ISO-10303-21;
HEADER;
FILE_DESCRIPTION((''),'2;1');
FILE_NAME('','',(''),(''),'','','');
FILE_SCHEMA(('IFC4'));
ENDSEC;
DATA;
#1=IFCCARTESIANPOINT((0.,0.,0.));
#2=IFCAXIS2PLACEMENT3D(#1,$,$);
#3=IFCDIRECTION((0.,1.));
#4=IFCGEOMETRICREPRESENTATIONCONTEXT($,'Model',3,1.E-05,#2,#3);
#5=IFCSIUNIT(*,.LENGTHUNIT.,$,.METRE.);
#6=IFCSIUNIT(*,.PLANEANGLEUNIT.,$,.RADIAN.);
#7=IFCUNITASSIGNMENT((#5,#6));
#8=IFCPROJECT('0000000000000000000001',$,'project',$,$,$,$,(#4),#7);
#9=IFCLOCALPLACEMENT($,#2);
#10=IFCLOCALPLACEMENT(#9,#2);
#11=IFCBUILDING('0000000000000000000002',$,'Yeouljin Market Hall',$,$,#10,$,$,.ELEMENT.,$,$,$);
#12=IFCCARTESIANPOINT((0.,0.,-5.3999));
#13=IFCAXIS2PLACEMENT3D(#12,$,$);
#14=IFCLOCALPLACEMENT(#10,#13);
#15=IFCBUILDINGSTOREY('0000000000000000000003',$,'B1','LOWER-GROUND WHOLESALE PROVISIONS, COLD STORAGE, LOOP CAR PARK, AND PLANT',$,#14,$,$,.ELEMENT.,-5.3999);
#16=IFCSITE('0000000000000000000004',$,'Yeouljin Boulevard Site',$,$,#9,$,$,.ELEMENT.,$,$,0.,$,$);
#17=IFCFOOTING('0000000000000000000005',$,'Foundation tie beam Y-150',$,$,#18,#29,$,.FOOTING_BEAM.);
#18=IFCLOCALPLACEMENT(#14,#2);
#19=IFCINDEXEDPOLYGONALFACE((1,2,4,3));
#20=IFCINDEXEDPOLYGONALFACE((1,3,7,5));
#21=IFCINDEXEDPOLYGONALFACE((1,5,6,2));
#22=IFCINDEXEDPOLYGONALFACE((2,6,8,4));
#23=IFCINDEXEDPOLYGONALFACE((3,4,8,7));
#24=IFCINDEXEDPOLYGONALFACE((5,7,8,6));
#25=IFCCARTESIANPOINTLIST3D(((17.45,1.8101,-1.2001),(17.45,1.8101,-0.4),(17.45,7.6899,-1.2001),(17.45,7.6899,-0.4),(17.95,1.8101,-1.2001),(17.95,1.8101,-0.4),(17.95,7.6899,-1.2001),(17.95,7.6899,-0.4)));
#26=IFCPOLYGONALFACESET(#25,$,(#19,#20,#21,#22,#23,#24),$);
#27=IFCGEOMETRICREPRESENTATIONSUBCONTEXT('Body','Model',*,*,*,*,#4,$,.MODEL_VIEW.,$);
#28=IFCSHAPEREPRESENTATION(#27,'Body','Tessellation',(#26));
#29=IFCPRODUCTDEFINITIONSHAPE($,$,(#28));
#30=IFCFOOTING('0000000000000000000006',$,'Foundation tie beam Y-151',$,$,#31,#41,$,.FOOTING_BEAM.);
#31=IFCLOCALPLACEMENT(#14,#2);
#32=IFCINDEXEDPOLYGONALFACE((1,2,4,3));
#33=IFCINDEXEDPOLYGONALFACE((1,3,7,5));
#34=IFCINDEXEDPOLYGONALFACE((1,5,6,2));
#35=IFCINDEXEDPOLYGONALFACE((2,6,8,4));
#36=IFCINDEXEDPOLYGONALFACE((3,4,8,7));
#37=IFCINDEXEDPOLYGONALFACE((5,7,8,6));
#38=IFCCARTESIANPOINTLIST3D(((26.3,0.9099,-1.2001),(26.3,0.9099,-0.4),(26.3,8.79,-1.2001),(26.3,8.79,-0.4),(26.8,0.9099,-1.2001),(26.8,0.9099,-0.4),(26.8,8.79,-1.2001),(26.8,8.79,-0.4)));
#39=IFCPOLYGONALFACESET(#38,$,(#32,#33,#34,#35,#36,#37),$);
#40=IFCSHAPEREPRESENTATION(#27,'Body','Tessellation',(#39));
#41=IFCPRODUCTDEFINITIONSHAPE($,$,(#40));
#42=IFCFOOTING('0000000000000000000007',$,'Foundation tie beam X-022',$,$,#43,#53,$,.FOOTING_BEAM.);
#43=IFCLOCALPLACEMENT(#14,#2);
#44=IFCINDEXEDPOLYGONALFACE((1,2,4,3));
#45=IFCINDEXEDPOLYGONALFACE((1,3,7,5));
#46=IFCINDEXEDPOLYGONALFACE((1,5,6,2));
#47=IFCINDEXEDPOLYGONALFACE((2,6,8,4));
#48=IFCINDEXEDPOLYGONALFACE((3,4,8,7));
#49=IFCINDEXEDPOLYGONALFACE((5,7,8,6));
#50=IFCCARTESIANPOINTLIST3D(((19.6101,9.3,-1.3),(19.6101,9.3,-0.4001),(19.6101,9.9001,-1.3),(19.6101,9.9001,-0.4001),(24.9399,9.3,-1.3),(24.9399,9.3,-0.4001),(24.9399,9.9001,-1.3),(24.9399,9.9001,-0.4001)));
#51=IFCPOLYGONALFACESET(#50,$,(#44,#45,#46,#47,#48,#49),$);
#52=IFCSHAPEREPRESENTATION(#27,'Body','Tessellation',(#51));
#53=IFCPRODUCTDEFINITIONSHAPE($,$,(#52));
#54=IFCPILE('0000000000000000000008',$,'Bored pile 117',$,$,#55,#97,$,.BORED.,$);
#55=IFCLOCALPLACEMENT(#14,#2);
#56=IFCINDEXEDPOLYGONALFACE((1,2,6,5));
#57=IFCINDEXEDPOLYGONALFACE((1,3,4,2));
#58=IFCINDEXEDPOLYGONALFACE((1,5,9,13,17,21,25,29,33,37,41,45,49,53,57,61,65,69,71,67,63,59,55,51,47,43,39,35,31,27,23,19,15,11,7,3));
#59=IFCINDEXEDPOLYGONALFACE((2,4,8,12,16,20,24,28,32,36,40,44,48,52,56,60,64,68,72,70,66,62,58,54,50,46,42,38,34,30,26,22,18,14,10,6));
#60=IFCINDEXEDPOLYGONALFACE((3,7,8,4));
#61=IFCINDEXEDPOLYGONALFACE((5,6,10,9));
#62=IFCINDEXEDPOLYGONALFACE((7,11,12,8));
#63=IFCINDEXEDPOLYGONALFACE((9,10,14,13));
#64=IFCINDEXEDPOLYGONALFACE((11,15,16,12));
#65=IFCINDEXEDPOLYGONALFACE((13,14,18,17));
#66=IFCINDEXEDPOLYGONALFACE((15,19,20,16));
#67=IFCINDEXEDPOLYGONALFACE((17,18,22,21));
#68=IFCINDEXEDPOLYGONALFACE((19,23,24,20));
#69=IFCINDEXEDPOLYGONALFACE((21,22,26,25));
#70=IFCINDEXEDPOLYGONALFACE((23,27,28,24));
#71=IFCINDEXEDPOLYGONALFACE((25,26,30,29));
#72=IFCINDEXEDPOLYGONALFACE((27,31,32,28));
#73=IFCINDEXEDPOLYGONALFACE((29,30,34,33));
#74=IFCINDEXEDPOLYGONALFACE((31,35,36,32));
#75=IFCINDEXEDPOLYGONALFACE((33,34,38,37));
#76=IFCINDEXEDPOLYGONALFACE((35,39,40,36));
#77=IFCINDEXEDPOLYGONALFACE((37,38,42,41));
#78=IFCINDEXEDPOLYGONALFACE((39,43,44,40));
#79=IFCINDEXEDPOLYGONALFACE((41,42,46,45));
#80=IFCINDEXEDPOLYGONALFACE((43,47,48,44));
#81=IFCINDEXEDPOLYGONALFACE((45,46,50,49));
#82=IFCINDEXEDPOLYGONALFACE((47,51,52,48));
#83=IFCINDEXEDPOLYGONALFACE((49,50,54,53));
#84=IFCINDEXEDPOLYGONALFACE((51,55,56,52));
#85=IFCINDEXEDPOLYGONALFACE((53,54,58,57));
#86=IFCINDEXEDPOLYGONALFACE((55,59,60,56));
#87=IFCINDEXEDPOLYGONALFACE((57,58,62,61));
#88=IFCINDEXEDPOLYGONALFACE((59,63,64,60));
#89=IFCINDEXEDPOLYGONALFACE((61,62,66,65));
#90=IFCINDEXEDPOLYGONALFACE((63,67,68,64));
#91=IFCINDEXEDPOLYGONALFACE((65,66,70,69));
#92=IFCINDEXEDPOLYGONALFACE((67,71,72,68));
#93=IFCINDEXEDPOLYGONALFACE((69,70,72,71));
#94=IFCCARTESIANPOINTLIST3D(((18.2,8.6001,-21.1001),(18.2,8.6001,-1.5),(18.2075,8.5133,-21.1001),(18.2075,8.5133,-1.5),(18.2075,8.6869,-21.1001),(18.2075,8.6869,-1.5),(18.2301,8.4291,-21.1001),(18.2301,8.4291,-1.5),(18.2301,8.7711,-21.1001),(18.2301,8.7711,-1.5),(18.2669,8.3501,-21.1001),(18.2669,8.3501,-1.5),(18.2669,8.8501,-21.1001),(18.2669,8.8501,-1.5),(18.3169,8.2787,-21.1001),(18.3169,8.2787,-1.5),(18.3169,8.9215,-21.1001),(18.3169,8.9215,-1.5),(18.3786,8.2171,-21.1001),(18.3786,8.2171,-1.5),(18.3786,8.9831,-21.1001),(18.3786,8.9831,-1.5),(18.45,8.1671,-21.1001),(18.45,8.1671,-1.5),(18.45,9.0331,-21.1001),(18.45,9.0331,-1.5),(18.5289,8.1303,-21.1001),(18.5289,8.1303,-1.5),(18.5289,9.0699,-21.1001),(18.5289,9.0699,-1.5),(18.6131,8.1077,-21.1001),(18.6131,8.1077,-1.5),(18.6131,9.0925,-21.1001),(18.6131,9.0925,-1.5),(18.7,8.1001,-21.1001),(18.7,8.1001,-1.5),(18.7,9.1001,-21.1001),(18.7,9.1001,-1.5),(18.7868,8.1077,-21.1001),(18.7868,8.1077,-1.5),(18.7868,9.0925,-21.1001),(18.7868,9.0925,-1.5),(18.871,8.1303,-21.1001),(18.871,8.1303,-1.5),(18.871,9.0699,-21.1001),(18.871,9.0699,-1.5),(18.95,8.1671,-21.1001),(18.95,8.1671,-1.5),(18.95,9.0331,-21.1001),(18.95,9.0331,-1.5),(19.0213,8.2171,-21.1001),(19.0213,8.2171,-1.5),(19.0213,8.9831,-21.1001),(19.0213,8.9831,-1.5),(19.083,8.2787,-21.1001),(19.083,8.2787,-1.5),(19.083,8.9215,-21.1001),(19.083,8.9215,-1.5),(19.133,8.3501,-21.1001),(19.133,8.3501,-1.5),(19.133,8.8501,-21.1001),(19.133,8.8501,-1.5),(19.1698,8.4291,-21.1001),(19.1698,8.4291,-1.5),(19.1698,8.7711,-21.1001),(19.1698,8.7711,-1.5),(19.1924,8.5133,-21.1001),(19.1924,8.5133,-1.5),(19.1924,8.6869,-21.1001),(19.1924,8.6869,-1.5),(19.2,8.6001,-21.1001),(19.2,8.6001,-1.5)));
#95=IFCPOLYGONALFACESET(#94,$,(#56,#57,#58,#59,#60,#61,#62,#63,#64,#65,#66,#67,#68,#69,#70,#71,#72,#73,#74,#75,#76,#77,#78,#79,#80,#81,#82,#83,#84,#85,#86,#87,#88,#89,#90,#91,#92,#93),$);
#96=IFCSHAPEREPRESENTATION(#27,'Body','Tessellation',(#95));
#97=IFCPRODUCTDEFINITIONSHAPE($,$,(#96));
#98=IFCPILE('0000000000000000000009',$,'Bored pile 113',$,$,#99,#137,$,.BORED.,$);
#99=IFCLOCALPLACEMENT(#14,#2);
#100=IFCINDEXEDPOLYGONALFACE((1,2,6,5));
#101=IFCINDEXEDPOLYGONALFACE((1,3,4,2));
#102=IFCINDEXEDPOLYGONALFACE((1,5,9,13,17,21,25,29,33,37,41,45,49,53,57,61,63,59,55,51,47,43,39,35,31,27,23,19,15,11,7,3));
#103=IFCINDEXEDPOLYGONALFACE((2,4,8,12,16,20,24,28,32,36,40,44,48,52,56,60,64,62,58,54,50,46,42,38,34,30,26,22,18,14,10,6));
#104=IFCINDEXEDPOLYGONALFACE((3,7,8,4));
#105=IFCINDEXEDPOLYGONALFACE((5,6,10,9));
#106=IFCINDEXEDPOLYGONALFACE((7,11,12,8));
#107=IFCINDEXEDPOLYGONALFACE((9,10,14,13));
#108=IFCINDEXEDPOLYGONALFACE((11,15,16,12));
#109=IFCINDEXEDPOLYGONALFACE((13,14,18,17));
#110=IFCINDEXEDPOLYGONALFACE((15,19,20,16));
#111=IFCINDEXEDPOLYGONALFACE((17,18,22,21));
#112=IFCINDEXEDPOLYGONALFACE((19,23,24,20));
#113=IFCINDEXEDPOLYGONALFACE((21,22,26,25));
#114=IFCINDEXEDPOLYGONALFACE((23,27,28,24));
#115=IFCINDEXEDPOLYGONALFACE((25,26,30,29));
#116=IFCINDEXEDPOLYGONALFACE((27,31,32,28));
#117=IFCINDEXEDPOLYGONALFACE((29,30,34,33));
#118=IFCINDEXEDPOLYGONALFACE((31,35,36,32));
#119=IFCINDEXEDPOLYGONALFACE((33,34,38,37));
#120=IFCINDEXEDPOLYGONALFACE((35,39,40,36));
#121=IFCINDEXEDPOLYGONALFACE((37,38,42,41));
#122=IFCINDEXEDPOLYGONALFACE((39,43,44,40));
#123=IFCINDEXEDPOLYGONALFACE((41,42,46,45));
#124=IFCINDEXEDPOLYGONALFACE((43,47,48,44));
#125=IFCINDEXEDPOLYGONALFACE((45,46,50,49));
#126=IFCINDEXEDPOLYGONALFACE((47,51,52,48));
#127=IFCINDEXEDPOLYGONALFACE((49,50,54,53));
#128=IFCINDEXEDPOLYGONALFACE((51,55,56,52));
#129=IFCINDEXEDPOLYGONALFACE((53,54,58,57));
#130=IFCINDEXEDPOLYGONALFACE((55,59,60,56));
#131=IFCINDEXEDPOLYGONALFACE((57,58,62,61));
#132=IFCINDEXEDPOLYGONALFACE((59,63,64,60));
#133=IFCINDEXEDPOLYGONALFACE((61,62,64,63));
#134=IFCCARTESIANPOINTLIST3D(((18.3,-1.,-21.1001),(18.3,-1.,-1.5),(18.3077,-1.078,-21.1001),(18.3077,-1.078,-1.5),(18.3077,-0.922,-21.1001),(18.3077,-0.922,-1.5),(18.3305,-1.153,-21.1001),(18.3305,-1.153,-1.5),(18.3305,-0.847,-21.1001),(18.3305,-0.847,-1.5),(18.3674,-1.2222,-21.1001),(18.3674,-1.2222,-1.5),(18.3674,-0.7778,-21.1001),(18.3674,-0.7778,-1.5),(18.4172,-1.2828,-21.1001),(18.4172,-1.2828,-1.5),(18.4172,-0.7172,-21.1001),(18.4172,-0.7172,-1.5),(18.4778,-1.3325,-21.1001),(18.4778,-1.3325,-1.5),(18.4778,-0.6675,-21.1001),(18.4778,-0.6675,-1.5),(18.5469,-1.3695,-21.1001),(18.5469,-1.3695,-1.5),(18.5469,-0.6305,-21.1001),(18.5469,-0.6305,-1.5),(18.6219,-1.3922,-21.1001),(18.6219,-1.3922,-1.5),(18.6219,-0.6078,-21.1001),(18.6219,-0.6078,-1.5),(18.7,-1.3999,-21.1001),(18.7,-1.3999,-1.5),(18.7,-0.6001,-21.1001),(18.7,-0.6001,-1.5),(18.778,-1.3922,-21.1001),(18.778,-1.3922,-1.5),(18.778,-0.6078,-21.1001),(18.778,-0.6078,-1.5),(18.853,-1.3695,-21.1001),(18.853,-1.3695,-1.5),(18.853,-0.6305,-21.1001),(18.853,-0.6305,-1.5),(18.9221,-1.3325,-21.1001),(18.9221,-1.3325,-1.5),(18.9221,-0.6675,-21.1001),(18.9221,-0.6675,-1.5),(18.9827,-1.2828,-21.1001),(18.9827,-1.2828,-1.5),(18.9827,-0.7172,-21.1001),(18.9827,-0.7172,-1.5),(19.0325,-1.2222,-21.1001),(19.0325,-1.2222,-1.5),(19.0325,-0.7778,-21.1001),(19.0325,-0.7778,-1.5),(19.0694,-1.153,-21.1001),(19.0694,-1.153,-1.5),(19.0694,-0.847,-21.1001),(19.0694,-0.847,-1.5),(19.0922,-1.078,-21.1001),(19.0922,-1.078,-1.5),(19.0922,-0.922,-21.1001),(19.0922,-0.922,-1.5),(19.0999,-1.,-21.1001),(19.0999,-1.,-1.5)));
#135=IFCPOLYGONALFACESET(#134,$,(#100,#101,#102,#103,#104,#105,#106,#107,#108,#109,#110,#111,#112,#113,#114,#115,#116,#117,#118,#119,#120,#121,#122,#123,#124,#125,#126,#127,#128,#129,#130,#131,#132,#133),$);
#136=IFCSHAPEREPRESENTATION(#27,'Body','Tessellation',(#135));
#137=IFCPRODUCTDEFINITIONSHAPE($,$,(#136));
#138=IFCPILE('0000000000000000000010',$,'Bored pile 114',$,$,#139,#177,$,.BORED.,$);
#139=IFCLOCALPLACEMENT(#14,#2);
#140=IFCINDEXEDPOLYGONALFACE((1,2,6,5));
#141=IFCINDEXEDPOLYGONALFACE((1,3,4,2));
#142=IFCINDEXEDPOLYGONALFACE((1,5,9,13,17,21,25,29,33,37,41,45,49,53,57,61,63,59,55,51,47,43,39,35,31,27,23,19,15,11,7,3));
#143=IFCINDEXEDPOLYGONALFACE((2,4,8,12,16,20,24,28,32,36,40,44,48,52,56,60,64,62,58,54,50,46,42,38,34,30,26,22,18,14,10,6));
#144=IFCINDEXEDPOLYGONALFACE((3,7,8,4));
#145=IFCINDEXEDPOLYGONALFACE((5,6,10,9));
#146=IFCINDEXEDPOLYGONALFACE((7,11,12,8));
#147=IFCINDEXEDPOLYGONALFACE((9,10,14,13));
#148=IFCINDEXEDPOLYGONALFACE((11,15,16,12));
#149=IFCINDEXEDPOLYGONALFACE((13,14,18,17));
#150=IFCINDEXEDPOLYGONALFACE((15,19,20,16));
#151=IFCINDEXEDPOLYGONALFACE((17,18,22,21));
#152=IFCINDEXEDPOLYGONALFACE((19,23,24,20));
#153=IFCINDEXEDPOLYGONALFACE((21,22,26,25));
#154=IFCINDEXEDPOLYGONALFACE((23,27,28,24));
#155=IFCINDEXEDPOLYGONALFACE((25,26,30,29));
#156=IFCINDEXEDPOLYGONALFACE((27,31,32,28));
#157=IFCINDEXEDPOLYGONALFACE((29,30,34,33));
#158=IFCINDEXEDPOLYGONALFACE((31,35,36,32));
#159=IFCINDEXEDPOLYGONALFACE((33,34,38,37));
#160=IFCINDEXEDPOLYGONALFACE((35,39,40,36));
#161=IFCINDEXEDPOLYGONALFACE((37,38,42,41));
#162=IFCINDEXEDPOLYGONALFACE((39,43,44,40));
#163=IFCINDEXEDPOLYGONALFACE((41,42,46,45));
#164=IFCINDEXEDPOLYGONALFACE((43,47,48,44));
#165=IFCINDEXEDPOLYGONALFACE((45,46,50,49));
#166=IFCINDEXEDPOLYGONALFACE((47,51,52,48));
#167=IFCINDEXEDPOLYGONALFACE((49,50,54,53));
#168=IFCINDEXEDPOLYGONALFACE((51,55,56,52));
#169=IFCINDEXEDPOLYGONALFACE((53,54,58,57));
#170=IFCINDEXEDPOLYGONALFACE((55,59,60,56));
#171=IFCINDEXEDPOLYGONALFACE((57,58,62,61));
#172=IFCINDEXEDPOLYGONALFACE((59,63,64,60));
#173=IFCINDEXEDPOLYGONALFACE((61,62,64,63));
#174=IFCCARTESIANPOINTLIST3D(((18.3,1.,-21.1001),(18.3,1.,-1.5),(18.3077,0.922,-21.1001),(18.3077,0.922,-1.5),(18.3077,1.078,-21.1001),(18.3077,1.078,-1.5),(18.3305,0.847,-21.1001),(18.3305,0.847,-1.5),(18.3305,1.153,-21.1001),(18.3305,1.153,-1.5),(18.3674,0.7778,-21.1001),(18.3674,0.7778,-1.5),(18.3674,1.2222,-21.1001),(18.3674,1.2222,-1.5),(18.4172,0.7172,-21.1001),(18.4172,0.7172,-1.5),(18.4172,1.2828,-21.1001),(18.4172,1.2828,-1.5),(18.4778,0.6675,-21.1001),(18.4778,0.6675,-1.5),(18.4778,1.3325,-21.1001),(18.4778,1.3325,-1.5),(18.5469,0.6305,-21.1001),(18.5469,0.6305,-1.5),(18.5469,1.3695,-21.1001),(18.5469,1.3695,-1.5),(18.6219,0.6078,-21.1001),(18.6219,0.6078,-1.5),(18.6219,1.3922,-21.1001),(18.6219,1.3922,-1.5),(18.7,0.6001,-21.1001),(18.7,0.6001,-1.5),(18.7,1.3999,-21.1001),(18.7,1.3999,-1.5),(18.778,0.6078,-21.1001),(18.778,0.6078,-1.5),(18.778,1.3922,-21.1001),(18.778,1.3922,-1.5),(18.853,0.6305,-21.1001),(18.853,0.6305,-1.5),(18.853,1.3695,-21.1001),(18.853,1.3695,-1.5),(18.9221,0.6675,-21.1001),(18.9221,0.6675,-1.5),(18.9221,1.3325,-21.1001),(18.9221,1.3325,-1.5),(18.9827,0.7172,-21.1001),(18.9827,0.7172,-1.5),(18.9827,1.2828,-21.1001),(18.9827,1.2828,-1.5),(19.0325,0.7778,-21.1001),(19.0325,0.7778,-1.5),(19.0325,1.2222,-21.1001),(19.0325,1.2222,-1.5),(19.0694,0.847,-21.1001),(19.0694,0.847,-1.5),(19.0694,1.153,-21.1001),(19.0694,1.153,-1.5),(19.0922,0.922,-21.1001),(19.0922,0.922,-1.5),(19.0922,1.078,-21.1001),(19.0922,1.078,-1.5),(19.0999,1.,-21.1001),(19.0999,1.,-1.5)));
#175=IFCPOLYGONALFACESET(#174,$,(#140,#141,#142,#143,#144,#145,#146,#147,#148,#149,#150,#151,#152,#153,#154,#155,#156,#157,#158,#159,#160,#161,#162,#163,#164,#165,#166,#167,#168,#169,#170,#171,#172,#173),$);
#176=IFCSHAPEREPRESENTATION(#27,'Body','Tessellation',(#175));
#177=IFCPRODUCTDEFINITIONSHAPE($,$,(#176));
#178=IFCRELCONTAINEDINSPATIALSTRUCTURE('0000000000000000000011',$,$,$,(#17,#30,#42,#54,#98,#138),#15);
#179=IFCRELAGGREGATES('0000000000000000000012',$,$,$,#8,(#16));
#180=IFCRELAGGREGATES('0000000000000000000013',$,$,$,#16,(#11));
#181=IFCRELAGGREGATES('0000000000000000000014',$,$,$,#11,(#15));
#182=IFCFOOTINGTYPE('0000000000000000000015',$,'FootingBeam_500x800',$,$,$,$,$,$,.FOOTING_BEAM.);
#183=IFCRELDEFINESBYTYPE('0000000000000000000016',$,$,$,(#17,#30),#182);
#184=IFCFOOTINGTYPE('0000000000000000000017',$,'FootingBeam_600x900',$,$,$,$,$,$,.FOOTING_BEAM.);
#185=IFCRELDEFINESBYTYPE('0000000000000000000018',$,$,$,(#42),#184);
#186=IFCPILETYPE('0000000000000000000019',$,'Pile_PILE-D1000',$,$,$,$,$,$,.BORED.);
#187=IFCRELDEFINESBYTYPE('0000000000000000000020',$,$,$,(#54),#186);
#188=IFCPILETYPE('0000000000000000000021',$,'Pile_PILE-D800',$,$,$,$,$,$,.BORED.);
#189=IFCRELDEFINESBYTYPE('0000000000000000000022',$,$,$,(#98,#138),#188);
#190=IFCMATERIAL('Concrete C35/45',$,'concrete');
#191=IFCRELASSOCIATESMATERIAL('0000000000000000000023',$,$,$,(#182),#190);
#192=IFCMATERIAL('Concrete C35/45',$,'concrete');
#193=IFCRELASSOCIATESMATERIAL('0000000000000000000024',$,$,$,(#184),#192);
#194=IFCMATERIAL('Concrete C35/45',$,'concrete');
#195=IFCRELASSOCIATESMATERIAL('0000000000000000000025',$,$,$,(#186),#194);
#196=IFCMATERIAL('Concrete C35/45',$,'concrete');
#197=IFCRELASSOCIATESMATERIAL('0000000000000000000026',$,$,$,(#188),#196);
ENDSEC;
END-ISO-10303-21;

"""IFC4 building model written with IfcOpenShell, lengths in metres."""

from ifc_helpers import new_model, si_unit, direction, frame, origin, origin_2d, place, context, subcontext, project, spatial, rectangle, circle, extrude, material, material_profile, profile_set, type_object, element, save


model = new_model("IFC4")

# Units and contexts
model_context = context("Model", 3, precision=1e-05, world=origin(), true_north=direction((0.0, 1.0)))
body_context = subcontext(model_context, "Body", "Model", "MODEL_VIEW")
ifc_project = project(units=[si_unit("LENGTHUNIT", "METRE"), si_unit("PLANEANGLEUNIT", "RADIAN")], contexts=[model_context])

# Site, building, storey
site_placement = place(None, origin())
site = spatial("IfcSite", under=ifc_project, at=site_placement, Name="Yeouljin Boulevard Site", CompositionType="ELEMENT", RefElevation=0.0)
building_placement = place(site_placement, origin())
building = spatial("IfcBuilding", under=site, at=building_placement, Name="Yeouljin Market Hall", CompositionType="ELEMENT")
storey_placement = place(building_placement, frame((0.0, 0.0, -5.3999)))
storey = spatial("IfcBuildingStorey", under=building, at=storey_placement, Name="B1", Description="LOWER-GROUND WHOLESALE PROVISIONS, COLD STORAGE, LOOP CAR PARK, AND PLANT", CompositionType="ELEMENT", Elevation=-5.3999)

# Footings
ifc_material_1 = material(Name="Concrete C35/45", Category="concrete")
ifc_material_profile_1 = material_profile(ifc_material_1, rectangle(XDim=0.5, YDim=0.8, at=origin_2d()), Name="RC-500x800")
ifc_profile_set_1 = profile_set([ifc_material_profile_1], Name="Concrete C35/45")
footing_type_1 = type_object("IfcFootingType", Name="FootingBeam_500x800", PredefinedType="FOOTING_BEAM", material=ifc_profile_set_1)
footing_1_placement = place(storey_placement, frame((17.7, 1.8101, -0.8), z_axis=(0.0, 1.0, 0.0), x_axis=(-1.0, 0.0, 0.0)))
element("IfcFooting", 1, at=footing_1_placement, inside=storey, type_object=footing_type_1, Name="Foundation tie beam Y-150", PredefinedType="FOOTING_BEAM", context=body_context, shape_type="SweptSolid", body=[
    extrude(rectangle(XDim=0.5, YDim=0.8, at=origin_2d()), origin(), (0.0, 0.0, 1.0), 5.8799),
])
footing_2_placement = place(storey_placement, frame((26.55, 0.9099, -0.8), z_axis=(0.0, 1.0, 0.0), x_axis=(-1.0, 0.0, 0.0)))
element("IfcFooting", 2, at=footing_2_placement, inside=storey, type_object=footing_type_1, Name="Foundation tie beam Y-151", PredefinedType="FOOTING_BEAM", context=body_context, shape_type="SweptSolid", body=[
    extrude(rectangle(XDim=0.5, YDim=0.8, at=origin_2d()), origin(), (0.0, 0.0, 1.0), 7.8801),
])
ifc_material_2 = material(Name="Concrete C35/45", Category="concrete")
ifc_material_profile_2 = material_profile(ifc_material_2, rectangle(XDim=0.6001, YDim=0.8999, at=origin_2d()), Name="RC-600x900")
ifc_profile_set_2 = profile_set([ifc_material_profile_2], Name="Concrete C35/45")
footing_type_2 = type_object("IfcFootingType", Name="FootingBeam_600x900", PredefinedType="FOOTING_BEAM", material=ifc_profile_set_2)
footing_3_placement = place(storey_placement, frame((19.6101, 9.6001, -0.8501), z_axis=(1.0, 0.0, 0.0), x_axis=(0.0, 1.0, 0.0)))
element("IfcFooting", 3, at=footing_3_placement, inside=storey, type_object=footing_type_2, Name="Foundation tie beam X-022", PredefinedType="FOOTING_BEAM", context=body_context, shape_type="SweptSolid", body=[
    extrude(rectangle(XDim=0.6001, YDim=0.8999, at=origin_2d()), origin(), (0.0, 0.0, 1.0), 5.3298),
])

# Piles
ifc_material_3 = material(Name="Concrete C35/45", Category="concrete")
ifc_material_profile_3 = material_profile(ifc_material_3, circle(Radius=0.5, at=origin_2d()), Name="PILE-D1000")
ifc_profile_set_3 = profile_set([ifc_material_profile_3], Name="Concrete C35/45")
pile_type_1 = type_object("IfcPileType", Name="Pile_PILE-D1000", PredefinedType="BORED", material=ifc_profile_set_3)
pile_placement = place(storey_placement, frame((18.7, 8.6001, -1.5), z_axis=(0.0, 0.0, -1.0), x_axis=(1.0, 0.0, 0.0)))
element("IfcPile", 4, at=pile_placement, inside=storey, type_object=pile_type_1, Name="Bored pile 117", PredefinedType="BORED", context=body_context, shape_type="SweptSolid", body=[
    extrude(circle(Radius=0.5, at=origin_2d()), origin(), (0.0, 0.0, 1.0), 19.6001),
])
ifc_material_4 = material(Name="Concrete C35/45", Category="concrete")
ifc_material_profile_4 = material_profile(ifc_material_4, circle(Radius=0.3999, at=origin_2d()), Name="PILE-D800")
ifc_profile_set_4 = profile_set([ifc_material_profile_4], Name="Concrete C35/45")
pile_type_2 = type_object("IfcPileType", Name="Pile_PILE-D800", PredefinedType="BORED", material=ifc_profile_set_4)
for number, where, z_axis, x_axis, name in (
    (5, (18.7, -1.0, -1.5), (0.0, 0.0, -1.0), (1.0, 0.0, 0.0), "Bored pile 113"),
    (6, (18.7, 1.0, -1.5), (0.0, 0.0, -1.0), (1.0, 0.0, 0.0), "Bored pile 114"),
):
    element("IfcPile", number, at=place(storey_placement, frame(where, z_axis=z_axis, x_axis=x_axis)), inside=storey, type_object=pile_type_2, Name=name, PredefinedType="BORED", context=body_context, shape_type="SweptSolid", body=[
        extrude(circle(Radius=0.3999, at=origin_2d()), origin(), (0.0, 0.0, 1.0), 19.6001),
    ])

save(model, "model.ifc")
